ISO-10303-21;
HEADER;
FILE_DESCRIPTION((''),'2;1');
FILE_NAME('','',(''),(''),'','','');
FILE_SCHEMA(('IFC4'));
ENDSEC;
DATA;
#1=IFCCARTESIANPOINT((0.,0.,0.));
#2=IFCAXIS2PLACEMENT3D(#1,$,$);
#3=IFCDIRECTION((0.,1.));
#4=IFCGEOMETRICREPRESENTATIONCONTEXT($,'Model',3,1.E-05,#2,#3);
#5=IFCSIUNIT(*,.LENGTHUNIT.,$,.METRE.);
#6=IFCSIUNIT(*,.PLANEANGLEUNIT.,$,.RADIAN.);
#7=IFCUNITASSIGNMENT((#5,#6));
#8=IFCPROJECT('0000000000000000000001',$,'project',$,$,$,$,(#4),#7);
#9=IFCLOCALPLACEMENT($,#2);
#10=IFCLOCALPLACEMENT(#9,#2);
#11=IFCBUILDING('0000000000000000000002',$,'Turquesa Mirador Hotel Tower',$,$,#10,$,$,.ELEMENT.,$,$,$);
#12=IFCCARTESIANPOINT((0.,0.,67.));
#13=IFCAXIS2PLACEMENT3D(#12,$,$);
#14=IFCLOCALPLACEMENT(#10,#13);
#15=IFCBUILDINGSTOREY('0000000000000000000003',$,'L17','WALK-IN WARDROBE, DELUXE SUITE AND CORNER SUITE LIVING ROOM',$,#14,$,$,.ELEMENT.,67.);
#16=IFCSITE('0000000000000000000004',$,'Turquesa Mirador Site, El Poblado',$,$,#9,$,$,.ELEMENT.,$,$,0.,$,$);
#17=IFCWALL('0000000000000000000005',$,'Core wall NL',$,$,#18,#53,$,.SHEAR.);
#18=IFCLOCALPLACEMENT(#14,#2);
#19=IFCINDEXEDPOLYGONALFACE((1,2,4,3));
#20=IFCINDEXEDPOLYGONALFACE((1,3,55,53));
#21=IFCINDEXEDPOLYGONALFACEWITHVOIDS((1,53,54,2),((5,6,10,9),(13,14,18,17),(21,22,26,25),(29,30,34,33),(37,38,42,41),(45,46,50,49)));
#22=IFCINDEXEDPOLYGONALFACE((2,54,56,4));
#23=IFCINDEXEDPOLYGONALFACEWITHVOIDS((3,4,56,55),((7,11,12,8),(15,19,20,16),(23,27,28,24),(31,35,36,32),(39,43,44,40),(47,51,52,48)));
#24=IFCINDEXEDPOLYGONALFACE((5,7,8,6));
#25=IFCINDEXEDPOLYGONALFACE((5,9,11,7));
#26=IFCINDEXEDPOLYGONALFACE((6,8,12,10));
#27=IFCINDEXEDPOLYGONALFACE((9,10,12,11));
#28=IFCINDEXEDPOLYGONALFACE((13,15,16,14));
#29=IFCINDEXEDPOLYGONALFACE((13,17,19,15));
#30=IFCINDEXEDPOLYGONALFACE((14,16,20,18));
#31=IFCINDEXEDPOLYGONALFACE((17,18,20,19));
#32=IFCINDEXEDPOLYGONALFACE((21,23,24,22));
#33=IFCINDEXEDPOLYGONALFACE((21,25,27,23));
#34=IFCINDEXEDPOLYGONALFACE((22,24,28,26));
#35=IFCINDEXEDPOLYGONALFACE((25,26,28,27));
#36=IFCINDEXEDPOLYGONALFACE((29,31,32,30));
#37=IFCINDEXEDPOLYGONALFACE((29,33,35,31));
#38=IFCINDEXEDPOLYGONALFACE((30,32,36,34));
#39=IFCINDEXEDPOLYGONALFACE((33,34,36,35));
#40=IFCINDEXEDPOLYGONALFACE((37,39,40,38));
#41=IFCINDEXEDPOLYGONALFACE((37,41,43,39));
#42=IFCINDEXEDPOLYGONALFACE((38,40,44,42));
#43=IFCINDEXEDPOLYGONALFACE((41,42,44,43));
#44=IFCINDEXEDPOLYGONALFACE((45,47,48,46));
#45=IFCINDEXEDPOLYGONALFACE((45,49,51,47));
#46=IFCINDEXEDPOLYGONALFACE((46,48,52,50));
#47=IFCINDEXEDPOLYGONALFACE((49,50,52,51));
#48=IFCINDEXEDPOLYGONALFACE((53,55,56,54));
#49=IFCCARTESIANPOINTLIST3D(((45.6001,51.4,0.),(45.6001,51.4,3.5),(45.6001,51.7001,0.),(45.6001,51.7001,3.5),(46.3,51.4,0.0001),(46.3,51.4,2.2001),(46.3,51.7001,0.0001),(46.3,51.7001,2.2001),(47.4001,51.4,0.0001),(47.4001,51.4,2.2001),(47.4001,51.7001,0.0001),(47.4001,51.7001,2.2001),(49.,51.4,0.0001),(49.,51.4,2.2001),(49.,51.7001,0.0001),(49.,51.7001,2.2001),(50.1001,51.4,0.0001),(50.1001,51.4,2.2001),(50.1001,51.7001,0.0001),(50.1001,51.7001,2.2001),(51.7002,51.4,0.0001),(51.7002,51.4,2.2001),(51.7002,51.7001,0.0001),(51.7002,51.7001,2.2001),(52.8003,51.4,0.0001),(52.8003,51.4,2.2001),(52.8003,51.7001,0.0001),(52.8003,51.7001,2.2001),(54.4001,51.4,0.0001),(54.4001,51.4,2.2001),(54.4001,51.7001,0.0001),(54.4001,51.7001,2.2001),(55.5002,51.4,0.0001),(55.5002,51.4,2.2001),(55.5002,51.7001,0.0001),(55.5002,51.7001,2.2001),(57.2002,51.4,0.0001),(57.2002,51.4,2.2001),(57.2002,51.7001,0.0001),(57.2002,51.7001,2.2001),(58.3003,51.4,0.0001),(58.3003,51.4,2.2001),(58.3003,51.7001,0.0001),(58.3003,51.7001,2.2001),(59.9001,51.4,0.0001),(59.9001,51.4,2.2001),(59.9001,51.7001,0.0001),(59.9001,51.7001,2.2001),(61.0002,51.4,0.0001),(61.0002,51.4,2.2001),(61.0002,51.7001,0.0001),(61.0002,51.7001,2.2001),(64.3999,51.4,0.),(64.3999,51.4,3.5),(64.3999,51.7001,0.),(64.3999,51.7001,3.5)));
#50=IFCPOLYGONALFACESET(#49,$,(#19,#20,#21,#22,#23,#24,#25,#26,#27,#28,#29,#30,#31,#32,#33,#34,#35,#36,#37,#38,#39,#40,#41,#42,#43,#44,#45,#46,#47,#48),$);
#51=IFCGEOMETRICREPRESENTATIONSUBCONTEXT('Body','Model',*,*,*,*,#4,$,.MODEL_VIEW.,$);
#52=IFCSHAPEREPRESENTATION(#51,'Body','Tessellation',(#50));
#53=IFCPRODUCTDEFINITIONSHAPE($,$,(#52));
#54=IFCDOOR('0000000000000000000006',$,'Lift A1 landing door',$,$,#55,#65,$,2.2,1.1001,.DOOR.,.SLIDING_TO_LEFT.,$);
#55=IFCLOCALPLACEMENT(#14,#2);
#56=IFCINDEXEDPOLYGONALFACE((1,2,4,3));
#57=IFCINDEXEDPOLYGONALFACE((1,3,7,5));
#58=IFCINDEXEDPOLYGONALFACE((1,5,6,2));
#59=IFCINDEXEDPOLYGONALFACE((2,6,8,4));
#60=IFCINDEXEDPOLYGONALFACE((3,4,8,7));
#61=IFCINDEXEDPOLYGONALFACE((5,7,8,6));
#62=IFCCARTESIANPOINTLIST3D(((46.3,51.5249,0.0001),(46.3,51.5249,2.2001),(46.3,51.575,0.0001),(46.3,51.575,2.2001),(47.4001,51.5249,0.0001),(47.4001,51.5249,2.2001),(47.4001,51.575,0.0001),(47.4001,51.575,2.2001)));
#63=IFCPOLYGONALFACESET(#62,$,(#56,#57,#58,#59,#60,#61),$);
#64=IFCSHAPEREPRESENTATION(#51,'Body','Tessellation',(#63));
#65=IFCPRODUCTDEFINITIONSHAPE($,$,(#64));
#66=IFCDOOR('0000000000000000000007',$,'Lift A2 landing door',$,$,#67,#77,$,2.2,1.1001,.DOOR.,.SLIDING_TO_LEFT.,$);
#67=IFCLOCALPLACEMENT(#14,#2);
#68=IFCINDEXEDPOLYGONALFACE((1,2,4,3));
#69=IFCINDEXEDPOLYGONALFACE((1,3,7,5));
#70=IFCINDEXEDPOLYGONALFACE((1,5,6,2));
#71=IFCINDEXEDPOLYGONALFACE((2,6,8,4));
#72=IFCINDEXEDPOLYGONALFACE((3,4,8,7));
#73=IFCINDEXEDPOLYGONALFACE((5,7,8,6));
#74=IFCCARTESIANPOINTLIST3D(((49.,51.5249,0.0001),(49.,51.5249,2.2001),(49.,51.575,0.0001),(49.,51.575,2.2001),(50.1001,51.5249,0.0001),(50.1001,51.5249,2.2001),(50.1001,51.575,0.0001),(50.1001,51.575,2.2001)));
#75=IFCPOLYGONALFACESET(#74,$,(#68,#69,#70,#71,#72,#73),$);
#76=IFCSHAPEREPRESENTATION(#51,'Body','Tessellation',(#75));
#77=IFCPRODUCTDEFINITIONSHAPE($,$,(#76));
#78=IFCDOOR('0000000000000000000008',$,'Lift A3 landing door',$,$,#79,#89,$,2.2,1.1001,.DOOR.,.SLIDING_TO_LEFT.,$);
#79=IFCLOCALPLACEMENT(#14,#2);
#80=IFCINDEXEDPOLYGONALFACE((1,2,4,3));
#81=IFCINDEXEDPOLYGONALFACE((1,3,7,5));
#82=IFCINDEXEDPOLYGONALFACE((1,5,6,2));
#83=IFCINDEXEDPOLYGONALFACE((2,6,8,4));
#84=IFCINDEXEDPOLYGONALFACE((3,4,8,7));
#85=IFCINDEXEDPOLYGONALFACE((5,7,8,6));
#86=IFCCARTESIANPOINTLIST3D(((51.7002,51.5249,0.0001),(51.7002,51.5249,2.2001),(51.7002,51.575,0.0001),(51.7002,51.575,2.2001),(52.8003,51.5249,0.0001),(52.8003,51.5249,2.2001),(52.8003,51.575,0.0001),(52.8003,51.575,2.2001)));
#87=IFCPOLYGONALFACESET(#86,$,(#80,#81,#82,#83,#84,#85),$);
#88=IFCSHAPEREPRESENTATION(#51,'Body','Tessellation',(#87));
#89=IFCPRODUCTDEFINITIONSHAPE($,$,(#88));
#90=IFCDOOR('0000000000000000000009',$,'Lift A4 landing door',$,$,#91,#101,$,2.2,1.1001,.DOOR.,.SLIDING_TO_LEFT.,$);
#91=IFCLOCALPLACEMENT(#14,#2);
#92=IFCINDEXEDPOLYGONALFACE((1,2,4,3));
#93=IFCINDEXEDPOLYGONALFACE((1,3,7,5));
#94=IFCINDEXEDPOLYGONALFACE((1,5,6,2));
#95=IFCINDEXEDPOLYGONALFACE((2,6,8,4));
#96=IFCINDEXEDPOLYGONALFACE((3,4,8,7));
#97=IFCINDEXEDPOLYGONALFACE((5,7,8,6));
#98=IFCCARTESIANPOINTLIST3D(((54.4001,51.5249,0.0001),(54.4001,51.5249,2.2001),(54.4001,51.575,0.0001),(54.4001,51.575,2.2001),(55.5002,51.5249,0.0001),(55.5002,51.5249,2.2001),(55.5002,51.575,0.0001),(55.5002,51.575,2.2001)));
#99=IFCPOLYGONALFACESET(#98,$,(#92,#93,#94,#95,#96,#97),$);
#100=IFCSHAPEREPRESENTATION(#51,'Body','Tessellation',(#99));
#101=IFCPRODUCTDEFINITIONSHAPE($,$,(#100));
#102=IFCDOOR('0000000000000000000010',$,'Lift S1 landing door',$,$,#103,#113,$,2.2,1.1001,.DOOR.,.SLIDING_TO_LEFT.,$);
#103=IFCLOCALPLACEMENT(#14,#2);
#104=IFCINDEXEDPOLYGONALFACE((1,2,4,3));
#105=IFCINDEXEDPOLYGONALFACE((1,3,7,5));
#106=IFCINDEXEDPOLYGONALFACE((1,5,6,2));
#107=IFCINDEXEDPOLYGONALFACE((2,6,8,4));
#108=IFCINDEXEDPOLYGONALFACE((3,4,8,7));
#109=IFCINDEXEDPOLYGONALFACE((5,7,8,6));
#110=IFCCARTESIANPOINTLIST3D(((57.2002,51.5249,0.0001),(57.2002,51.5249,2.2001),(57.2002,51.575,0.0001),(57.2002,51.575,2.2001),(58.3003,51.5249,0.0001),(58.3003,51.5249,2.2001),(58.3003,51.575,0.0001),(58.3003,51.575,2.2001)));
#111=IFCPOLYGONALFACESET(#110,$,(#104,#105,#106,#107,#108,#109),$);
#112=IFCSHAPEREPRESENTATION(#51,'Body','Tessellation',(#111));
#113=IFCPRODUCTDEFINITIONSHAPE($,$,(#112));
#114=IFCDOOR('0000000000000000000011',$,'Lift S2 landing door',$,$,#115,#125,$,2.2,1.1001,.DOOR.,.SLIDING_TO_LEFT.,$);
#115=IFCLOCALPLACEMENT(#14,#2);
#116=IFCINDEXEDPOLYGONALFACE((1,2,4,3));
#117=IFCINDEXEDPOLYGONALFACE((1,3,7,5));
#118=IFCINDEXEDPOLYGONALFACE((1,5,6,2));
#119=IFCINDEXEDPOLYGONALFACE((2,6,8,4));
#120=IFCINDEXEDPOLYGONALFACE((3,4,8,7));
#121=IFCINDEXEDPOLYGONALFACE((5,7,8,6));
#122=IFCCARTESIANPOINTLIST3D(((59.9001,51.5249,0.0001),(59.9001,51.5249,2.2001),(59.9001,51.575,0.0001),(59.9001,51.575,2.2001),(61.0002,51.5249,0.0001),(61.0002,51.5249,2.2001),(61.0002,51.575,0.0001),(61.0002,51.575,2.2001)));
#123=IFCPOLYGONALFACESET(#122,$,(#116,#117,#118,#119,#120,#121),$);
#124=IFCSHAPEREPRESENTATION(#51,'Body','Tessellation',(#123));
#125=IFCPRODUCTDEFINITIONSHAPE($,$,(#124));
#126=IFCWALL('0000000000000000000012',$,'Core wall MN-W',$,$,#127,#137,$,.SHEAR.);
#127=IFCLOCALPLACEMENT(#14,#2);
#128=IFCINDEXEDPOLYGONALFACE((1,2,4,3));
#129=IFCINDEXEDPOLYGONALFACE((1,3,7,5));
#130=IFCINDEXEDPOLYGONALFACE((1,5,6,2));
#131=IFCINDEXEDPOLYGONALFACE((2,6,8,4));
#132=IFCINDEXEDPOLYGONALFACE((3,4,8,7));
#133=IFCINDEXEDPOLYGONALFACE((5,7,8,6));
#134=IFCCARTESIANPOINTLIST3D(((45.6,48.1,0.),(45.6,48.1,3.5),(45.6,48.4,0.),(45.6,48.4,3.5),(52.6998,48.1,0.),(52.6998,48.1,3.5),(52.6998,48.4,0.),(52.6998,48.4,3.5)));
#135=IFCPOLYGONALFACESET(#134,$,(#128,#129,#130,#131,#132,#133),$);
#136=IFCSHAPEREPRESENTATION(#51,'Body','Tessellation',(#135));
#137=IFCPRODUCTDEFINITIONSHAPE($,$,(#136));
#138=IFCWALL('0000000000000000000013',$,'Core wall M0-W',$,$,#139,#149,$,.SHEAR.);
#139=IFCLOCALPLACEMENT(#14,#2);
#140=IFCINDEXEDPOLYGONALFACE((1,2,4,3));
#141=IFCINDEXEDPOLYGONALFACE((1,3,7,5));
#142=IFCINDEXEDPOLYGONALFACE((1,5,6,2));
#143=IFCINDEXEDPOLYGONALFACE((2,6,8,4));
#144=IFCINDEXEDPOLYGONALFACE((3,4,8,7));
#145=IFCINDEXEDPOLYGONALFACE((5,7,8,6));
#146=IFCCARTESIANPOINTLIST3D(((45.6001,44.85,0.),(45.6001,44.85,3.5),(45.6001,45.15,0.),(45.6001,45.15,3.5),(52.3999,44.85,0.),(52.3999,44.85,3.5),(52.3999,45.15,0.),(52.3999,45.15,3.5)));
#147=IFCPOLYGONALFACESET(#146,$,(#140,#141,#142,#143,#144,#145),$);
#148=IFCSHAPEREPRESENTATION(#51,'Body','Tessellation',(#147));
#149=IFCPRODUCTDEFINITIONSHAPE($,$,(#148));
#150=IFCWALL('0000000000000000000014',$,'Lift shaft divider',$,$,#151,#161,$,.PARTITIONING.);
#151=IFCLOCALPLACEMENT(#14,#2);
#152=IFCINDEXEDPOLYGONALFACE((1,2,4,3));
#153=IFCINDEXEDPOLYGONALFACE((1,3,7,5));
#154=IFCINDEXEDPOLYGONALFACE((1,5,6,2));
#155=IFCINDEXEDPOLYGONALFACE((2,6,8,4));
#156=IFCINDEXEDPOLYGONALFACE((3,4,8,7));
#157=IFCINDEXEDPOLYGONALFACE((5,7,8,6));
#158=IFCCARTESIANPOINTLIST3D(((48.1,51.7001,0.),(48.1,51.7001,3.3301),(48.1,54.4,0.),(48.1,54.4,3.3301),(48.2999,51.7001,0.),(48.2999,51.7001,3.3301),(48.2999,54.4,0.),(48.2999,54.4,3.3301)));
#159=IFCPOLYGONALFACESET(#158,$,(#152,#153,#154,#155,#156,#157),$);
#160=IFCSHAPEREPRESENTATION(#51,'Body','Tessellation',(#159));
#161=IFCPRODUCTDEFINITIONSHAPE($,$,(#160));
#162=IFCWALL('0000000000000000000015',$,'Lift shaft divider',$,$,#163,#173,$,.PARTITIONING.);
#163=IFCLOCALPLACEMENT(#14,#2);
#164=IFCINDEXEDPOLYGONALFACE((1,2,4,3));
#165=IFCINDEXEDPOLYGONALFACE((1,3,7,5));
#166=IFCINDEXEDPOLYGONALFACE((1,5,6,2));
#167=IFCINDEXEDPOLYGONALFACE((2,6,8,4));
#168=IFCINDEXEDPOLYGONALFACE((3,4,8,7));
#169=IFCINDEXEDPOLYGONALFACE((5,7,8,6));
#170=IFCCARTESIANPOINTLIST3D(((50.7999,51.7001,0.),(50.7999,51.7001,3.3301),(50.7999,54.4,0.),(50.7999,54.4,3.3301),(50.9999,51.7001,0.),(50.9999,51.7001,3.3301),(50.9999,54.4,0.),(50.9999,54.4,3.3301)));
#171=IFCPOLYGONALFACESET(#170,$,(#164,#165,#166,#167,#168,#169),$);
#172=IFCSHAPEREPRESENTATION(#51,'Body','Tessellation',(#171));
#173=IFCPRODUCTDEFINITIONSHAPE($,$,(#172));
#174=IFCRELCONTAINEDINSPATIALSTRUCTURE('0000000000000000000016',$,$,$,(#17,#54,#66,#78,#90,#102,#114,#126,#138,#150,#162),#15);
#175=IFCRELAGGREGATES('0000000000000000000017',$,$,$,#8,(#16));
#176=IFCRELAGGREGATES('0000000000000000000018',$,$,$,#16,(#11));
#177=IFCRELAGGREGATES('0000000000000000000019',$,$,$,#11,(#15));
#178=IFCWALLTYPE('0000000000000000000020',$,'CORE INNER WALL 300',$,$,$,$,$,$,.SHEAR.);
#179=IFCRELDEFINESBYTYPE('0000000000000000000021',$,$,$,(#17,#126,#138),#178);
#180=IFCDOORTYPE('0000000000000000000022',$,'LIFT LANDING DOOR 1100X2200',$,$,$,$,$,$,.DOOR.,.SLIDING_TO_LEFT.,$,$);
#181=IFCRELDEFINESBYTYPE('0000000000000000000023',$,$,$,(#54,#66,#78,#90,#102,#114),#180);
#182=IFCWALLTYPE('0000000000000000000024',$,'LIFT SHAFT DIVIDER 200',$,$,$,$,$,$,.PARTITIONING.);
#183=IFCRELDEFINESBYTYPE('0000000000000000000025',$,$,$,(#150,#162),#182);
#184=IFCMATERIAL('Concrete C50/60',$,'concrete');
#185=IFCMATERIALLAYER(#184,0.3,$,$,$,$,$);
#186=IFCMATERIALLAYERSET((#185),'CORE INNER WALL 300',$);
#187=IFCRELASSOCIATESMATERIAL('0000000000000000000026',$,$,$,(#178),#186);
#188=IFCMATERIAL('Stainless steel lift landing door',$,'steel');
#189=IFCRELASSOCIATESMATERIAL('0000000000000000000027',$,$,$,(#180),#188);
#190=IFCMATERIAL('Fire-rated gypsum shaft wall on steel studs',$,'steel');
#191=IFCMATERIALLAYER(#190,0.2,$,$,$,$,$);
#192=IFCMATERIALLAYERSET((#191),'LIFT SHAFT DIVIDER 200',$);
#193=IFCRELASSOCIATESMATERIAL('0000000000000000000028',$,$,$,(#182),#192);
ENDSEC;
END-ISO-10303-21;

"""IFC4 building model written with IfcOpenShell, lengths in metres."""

from ifc_helpers import new_model, si_unit, direction, frame, frame_2d, origin, place, context, subcontext, project, spatial, rectangle, extrude, material, layer, layer_set, type_object, element, fill, save


model = new_model("IFC4")

# Units and contexts
model_context = context("Model", 3, precision=1e-05, world=origin(), true_north=direction((0.0, 1.0)))
body_context = subcontext(model_context, "Body", "Model", "MODEL_VIEW")
ifc_project = project(units=[si_unit("LENGTHUNIT", "METRE"), si_unit("PLANEANGLEUNIT", "RADIAN")], contexts=[model_context])

# Site, building, storey
site_placement = place(None, origin())
site = spatial("IfcSite", under=ifc_project, at=site_placement, Name="Turquesa Mirador Site, El Poblado", CompositionType="ELEMENT", RefElevation=0.0)
building_placement = place(site_placement, origin())
building = spatial("IfcBuilding", under=site, at=building_placement, Name="Turquesa Mirador Hotel Tower", CompositionType="ELEMENT")
storey_placement = place(building_placement, frame((0.0, 0.0, 67.0)))
storey = spatial("IfcBuildingStorey", under=building, at=storey_placement, Name="L17", Description="WALK-IN WARDROBE, DELUXE SUITE AND CORNER SUITE LIVING ROOM", CompositionType="ELEMENT", Elevation=67.0)

# Wall, openings, doors
ifc_material_1 = material(Name="Concrete C50/60", Category="concrete")
ifc_layer_1 = layer(ifc_material_1, 0.3)
ifc_layer_set_1 = layer_set([ifc_layer_1], Name="CORE INNER WALL 300")
wall_type_1 = type_object("IfcWallType", Name="CORE INNER WALL 300", PredefinedType="SHEAR", material=ifc_layer_set_1)
wall_1_placement = place(storey_placement, frame((45.6001, 51.55, 0.0), z_axis=(0.0, 0.0, 1.0), x_axis=(1.0, 0.0, 0.0)))
wall_1 = element("IfcWall", 1, at=wall_1_placement, inside=storey, type_object=wall_type_1, Name="Core wall NL", PredefinedType="SHEAR", context=body_context, shape_type="SweptSolid", body=[
    extrude(rectangle(XDim=18.7998, YDim=0.3, at=frame_2d((9.3999, 0.0))), origin(), (0.0, 0.0, 1.0), 3.5),
])
opening_1_placement = place(wall_1_placement, frame((0.7, 0.0, 0.0)))
opening_1 = element("IfcOpeningElement", 2, at=opening_1_placement, cuts=wall_1, PredefinedType="OPENING", context=body_context, shape_type="SweptSolid", body=[
    extrude(rectangle(XDim=1.1001, YDim=2.2, at=frame_2d((0.55, 1.1001))), frame((0.0, 0.1599, 0.0), z_axis=(0.0, -1.0, 0.0), x_axis=(1.0, 0.0, 0.0)), (0.0, 0.0, 1.0), 0.3201),
])
opening_2_placement = place(wall_1_placement, frame((3.3999, 0.0, 0.0)))
opening_2 = element("IfcOpeningElement", 3, at=opening_2_placement, cuts=wall_1, PredefinedType="OPENING", context=body_context, shape_type="SweptSolid", body=[
    extrude(rectangle(XDim=1.1001, YDim=2.2, at=frame_2d((0.55, 1.1001))), frame((0.0, 0.1599, 0.0), z_axis=(0.0, -1.0, 0.0), x_axis=(1.0, 0.0, 0.0)), (0.0, 0.0, 1.0), 0.3201),
])
opening_3_placement = place(wall_1_placement, frame((6.1001, 0.0, 0.0)))
opening_3 = element("IfcOpeningElement", 4, at=opening_3_placement, cuts=wall_1, PredefinedType="OPENING", context=body_context, shape_type="SweptSolid", body=[
    extrude(rectangle(XDim=1.1001, YDim=2.2, at=frame_2d((0.55, 1.1001))), frame((0.0, 0.1599, 0.0), z_axis=(0.0, -1.0, 0.0), x_axis=(1.0, 0.0, 0.0)), (0.0, 0.0, 1.0), 0.3201),
])
opening_4_placement = place(wall_1_placement, frame((8.8, 0.0, 0.0)))
opening_4 = element("IfcOpeningElement", 5, at=opening_4_placement, cuts=wall_1, PredefinedType="OPENING", context=body_context, shape_type="SweptSolid", body=[
    extrude(rectangle(XDim=1.1001, YDim=2.2, at=frame_2d((0.55, 1.1001))), frame((0.0, 0.1599, 0.0), z_axis=(0.0, -1.0, 0.0), x_axis=(1.0, 0.0, 0.0)), (0.0, 0.0, 1.0), 0.3201),
])
opening_5_placement = place(wall_1_placement, frame((11.6001, 0.0, 0.0)))
opening_5 = element("IfcOpeningElement", 6, at=opening_5_placement, cuts=wall_1, PredefinedType="OPENING", context=body_context, shape_type="SweptSolid", body=[
    extrude(rectangle(XDim=1.1001, YDim=2.2, at=frame_2d((0.55, 1.1001))), frame((0.0, 0.1599, 0.0), z_axis=(0.0, -1.0, 0.0), x_axis=(1.0, 0.0, 0.0)), (0.0, 0.0, 1.0), 0.3201),
])
opening_6_placement = place(wall_1_placement, frame((14.3, 0.0, 0.0)))
opening_6 = element("IfcOpeningElement", 7, at=opening_6_placement, cuts=wall_1, PredefinedType="OPENING", context=body_context, shape_type="SweptSolid", body=[
    extrude(rectangle(XDim=1.1001, YDim=2.2, at=frame_2d((0.55, 1.1001))), frame((0.0, 0.1599, 0.0), z_axis=(0.0, -1.0, 0.0), x_axis=(1.0, 0.0, 0.0)), (0.0, 0.0, 1.0), 0.3201),
])
ifc_material_2 = material(Name="Stainless steel lift landing door", Category="steel")
door_type_1 = type_object("IfcDoorType", Name="LIFT LANDING DOOR 1100X2200", OperationType="SLIDING_TO_LEFT", PredefinedType="DOOR", material=ifc_material_2)
door_1_placement = place(opening_1_placement, origin())
door_1 = element("IfcDoor", 8, at=door_1_placement, inside=storey, type_object=door_type_1, Name="Lift A1 landing door", OperationType="SLIDING_TO_LEFT", OverallHeight=2.2, OverallWidth=1.1001, PredefinedType="DOOR", context=body_context, shape_type="SweptSolid", body=[
    extrude(rectangle(XDim=1.1001, YDim=2.2, at=frame_2d((0.55, 1.1001))), frame((0.0, 0.0249, 0.0), z_axis=(0.0, -1.0, 0.0), x_axis=(1.0, 0.0, 0.0)), (0.0, 0.0, 1.0), 0.05),
])
fill(opening_1, door_1)
door_2_placement = place(opening_2_placement, origin())
door_2 = element("IfcDoor", 9, at=door_2_placement, inside=storey, type_object=door_type_1, Name="Lift A2 landing door", OperationType="SLIDING_TO_LEFT", OverallHeight=2.2, OverallWidth=1.1001, PredefinedType="DOOR", context=body_context, shape_type="SweptSolid", body=[
    extrude(rectangle(XDim=1.1001, YDim=2.2, at=frame_2d((0.55, 1.1001))), frame((0.0, 0.0249, 0.0), z_axis=(0.0, -1.0, 0.0), x_axis=(1.0, 0.0, 0.0)), (0.0, 0.0, 1.0), 0.05),
])
fill(opening_2, door_2)
door_3_placement = place(opening_3_placement, origin())
door_3 = element("IfcDoor", 10, at=door_3_placement, inside=storey, type_object=door_type_1, Name="Lift A3 landing door", OperationType="SLIDING_TO_LEFT", OverallHeight=2.2, OverallWidth=1.1001, PredefinedType="DOOR", context=body_context, shape_type="SweptSolid", body=[
    extrude(rectangle(XDim=1.1001, YDim=2.2, at=frame_2d((0.55, 1.1001))), frame((0.0, 0.0249, 0.0), z_axis=(0.0, -1.0, 0.0), x_axis=(1.0, 0.0, 0.0)), (0.0, 0.0, 1.0), 0.05),
])
fill(opening_3, door_3)
door_4_placement = place(opening_4_placement, origin())
door_4 = element("IfcDoor", 11, at=door_4_placement, inside=storey, type_object=door_type_1, Name="Lift A4 landing door", OperationType="SLIDING_TO_LEFT", OverallHeight=2.2, OverallWidth=1.1001, PredefinedType="DOOR", context=body_context, shape_type="SweptSolid", body=[
    extrude(rectangle(XDim=1.1001, YDim=2.2, at=frame_2d((0.55, 1.1001))), frame((0.0, 0.0249, 0.0), z_axis=(0.0, -1.0, 0.0), x_axis=(1.0, 0.0, 0.0)), (0.0, 0.0, 1.0), 0.05),
])
fill(opening_4, door_4)
door_5_placement = place(opening_5_placement, origin())
door_5 = element("IfcDoor", 12, at=door_5_placement, inside=storey, type_object=door_type_1, Name="Lift S1 landing door", OperationType="SLIDING_TO_LEFT", OverallHeight=2.2, OverallWidth=1.1001, PredefinedType="DOOR", context=body_context, shape_type="SweptSolid", body=[
    extrude(rectangle(XDim=1.1001, YDim=2.2, at=frame_2d((0.55, 1.1001))), frame((0.0, 0.0249, 0.0), z_axis=(0.0, -1.0, 0.0), x_axis=(1.0, 0.0, 0.0)), (0.0, 0.0, 1.0), 0.05),
])
fill(opening_5, door_5)
door_6_placement = place(opening_6_placement, origin())
door_6 = element("IfcDoor", 13, at=door_6_placement, inside=storey, type_object=door_type_1, Name="Lift S2 landing door", OperationType="SLIDING_TO_LEFT", OverallHeight=2.2, OverallWidth=1.1001, PredefinedType="DOOR", context=body_context, shape_type="SweptSolid", body=[
    extrude(rectangle(XDim=1.1001, YDim=2.2, at=frame_2d((0.55, 1.1001))), frame((0.0, 0.0249, 0.0), z_axis=(0.0, -1.0, 0.0), x_axis=(1.0, 0.0, 0.0)), (0.0, 0.0, 1.0), 0.05),
])
fill(opening_6, door_6)

# Walls
wall_2_placement = place(storey_placement, frame((45.6001, 48.25, 0.0), z_axis=(0.0, 0.0, 1.0), x_axis=(1.0, 0.0, 0.0)))
element("IfcWall", 14, at=wall_2_placement, inside=storey, type_object=wall_type_1, Name="Core wall MN-W", PredefinedType="SHEAR", context=body_context, shape_type="SweptSolid", body=[
    extrude(rectangle(XDim=7.0999, YDim=0.3, at=frame_2d((3.5498, 0.0))), origin(), (0.0, 0.0, 1.0), 3.5),
])
wall_3_placement = place(storey_placement, frame((45.6001, 45.0, 0.0), z_axis=(0.0, 0.0, 1.0), x_axis=(1.0, 0.0, 0.0)))
element("IfcWall", 15, at=wall_3_placement, inside=storey, type_object=wall_type_1, Name="Core wall M0-W", PredefinedType="SHEAR", context=body_context, shape_type="SweptSolid", body=[
    extrude(rectangle(XDim=6.7998, YDim=0.3, at=frame_2d((3.3999, 0.0))), origin(), (0.0, 0.0, 1.0), 3.5),
])
ifc_material_3 = material(Name="Fire-rated gypsum shaft wall on steel studs", Category="steel")
ifc_layer_2 = layer(ifc_material_3, 0.2)
ifc_layer_set_2 = layer_set([ifc_layer_2], Name="LIFT SHAFT DIVIDER 200")
wall_type_2 = type_object("IfcWallType", Name="LIFT SHAFT DIVIDER 200", PredefinedType="PARTITIONING", material=ifc_layer_set_2)
for number, where, z_axis, x_axis, name in (
    (16, (48.2, 51.7, 0.0), (0.0, 0.0, 1.0), (0.0, 1.0, 0.0), "Lift shaft divider"),
    (17, (50.8999, 51.7, 0.0), (0.0, 0.0, 1.0), (0.0, 1.0, 0.0), "Lift shaft divider"),
):
    element("IfcWall", number, at=place(storey_placement, frame(where, z_axis=z_axis, x_axis=x_axis)), inside=storey, type_object=wall_type_2, Name=name, PredefinedType="PARTITIONING", context=body_context, shape_type="SweptSolid", body=[
        extrude(rectangle(XDim=2.7, YDim=0.2, at=frame_2d((1.3501, 0.0))), origin(), (0.0, 0.0, 1.0), 3.3301),
    ])

save(model, "model.ifc")
